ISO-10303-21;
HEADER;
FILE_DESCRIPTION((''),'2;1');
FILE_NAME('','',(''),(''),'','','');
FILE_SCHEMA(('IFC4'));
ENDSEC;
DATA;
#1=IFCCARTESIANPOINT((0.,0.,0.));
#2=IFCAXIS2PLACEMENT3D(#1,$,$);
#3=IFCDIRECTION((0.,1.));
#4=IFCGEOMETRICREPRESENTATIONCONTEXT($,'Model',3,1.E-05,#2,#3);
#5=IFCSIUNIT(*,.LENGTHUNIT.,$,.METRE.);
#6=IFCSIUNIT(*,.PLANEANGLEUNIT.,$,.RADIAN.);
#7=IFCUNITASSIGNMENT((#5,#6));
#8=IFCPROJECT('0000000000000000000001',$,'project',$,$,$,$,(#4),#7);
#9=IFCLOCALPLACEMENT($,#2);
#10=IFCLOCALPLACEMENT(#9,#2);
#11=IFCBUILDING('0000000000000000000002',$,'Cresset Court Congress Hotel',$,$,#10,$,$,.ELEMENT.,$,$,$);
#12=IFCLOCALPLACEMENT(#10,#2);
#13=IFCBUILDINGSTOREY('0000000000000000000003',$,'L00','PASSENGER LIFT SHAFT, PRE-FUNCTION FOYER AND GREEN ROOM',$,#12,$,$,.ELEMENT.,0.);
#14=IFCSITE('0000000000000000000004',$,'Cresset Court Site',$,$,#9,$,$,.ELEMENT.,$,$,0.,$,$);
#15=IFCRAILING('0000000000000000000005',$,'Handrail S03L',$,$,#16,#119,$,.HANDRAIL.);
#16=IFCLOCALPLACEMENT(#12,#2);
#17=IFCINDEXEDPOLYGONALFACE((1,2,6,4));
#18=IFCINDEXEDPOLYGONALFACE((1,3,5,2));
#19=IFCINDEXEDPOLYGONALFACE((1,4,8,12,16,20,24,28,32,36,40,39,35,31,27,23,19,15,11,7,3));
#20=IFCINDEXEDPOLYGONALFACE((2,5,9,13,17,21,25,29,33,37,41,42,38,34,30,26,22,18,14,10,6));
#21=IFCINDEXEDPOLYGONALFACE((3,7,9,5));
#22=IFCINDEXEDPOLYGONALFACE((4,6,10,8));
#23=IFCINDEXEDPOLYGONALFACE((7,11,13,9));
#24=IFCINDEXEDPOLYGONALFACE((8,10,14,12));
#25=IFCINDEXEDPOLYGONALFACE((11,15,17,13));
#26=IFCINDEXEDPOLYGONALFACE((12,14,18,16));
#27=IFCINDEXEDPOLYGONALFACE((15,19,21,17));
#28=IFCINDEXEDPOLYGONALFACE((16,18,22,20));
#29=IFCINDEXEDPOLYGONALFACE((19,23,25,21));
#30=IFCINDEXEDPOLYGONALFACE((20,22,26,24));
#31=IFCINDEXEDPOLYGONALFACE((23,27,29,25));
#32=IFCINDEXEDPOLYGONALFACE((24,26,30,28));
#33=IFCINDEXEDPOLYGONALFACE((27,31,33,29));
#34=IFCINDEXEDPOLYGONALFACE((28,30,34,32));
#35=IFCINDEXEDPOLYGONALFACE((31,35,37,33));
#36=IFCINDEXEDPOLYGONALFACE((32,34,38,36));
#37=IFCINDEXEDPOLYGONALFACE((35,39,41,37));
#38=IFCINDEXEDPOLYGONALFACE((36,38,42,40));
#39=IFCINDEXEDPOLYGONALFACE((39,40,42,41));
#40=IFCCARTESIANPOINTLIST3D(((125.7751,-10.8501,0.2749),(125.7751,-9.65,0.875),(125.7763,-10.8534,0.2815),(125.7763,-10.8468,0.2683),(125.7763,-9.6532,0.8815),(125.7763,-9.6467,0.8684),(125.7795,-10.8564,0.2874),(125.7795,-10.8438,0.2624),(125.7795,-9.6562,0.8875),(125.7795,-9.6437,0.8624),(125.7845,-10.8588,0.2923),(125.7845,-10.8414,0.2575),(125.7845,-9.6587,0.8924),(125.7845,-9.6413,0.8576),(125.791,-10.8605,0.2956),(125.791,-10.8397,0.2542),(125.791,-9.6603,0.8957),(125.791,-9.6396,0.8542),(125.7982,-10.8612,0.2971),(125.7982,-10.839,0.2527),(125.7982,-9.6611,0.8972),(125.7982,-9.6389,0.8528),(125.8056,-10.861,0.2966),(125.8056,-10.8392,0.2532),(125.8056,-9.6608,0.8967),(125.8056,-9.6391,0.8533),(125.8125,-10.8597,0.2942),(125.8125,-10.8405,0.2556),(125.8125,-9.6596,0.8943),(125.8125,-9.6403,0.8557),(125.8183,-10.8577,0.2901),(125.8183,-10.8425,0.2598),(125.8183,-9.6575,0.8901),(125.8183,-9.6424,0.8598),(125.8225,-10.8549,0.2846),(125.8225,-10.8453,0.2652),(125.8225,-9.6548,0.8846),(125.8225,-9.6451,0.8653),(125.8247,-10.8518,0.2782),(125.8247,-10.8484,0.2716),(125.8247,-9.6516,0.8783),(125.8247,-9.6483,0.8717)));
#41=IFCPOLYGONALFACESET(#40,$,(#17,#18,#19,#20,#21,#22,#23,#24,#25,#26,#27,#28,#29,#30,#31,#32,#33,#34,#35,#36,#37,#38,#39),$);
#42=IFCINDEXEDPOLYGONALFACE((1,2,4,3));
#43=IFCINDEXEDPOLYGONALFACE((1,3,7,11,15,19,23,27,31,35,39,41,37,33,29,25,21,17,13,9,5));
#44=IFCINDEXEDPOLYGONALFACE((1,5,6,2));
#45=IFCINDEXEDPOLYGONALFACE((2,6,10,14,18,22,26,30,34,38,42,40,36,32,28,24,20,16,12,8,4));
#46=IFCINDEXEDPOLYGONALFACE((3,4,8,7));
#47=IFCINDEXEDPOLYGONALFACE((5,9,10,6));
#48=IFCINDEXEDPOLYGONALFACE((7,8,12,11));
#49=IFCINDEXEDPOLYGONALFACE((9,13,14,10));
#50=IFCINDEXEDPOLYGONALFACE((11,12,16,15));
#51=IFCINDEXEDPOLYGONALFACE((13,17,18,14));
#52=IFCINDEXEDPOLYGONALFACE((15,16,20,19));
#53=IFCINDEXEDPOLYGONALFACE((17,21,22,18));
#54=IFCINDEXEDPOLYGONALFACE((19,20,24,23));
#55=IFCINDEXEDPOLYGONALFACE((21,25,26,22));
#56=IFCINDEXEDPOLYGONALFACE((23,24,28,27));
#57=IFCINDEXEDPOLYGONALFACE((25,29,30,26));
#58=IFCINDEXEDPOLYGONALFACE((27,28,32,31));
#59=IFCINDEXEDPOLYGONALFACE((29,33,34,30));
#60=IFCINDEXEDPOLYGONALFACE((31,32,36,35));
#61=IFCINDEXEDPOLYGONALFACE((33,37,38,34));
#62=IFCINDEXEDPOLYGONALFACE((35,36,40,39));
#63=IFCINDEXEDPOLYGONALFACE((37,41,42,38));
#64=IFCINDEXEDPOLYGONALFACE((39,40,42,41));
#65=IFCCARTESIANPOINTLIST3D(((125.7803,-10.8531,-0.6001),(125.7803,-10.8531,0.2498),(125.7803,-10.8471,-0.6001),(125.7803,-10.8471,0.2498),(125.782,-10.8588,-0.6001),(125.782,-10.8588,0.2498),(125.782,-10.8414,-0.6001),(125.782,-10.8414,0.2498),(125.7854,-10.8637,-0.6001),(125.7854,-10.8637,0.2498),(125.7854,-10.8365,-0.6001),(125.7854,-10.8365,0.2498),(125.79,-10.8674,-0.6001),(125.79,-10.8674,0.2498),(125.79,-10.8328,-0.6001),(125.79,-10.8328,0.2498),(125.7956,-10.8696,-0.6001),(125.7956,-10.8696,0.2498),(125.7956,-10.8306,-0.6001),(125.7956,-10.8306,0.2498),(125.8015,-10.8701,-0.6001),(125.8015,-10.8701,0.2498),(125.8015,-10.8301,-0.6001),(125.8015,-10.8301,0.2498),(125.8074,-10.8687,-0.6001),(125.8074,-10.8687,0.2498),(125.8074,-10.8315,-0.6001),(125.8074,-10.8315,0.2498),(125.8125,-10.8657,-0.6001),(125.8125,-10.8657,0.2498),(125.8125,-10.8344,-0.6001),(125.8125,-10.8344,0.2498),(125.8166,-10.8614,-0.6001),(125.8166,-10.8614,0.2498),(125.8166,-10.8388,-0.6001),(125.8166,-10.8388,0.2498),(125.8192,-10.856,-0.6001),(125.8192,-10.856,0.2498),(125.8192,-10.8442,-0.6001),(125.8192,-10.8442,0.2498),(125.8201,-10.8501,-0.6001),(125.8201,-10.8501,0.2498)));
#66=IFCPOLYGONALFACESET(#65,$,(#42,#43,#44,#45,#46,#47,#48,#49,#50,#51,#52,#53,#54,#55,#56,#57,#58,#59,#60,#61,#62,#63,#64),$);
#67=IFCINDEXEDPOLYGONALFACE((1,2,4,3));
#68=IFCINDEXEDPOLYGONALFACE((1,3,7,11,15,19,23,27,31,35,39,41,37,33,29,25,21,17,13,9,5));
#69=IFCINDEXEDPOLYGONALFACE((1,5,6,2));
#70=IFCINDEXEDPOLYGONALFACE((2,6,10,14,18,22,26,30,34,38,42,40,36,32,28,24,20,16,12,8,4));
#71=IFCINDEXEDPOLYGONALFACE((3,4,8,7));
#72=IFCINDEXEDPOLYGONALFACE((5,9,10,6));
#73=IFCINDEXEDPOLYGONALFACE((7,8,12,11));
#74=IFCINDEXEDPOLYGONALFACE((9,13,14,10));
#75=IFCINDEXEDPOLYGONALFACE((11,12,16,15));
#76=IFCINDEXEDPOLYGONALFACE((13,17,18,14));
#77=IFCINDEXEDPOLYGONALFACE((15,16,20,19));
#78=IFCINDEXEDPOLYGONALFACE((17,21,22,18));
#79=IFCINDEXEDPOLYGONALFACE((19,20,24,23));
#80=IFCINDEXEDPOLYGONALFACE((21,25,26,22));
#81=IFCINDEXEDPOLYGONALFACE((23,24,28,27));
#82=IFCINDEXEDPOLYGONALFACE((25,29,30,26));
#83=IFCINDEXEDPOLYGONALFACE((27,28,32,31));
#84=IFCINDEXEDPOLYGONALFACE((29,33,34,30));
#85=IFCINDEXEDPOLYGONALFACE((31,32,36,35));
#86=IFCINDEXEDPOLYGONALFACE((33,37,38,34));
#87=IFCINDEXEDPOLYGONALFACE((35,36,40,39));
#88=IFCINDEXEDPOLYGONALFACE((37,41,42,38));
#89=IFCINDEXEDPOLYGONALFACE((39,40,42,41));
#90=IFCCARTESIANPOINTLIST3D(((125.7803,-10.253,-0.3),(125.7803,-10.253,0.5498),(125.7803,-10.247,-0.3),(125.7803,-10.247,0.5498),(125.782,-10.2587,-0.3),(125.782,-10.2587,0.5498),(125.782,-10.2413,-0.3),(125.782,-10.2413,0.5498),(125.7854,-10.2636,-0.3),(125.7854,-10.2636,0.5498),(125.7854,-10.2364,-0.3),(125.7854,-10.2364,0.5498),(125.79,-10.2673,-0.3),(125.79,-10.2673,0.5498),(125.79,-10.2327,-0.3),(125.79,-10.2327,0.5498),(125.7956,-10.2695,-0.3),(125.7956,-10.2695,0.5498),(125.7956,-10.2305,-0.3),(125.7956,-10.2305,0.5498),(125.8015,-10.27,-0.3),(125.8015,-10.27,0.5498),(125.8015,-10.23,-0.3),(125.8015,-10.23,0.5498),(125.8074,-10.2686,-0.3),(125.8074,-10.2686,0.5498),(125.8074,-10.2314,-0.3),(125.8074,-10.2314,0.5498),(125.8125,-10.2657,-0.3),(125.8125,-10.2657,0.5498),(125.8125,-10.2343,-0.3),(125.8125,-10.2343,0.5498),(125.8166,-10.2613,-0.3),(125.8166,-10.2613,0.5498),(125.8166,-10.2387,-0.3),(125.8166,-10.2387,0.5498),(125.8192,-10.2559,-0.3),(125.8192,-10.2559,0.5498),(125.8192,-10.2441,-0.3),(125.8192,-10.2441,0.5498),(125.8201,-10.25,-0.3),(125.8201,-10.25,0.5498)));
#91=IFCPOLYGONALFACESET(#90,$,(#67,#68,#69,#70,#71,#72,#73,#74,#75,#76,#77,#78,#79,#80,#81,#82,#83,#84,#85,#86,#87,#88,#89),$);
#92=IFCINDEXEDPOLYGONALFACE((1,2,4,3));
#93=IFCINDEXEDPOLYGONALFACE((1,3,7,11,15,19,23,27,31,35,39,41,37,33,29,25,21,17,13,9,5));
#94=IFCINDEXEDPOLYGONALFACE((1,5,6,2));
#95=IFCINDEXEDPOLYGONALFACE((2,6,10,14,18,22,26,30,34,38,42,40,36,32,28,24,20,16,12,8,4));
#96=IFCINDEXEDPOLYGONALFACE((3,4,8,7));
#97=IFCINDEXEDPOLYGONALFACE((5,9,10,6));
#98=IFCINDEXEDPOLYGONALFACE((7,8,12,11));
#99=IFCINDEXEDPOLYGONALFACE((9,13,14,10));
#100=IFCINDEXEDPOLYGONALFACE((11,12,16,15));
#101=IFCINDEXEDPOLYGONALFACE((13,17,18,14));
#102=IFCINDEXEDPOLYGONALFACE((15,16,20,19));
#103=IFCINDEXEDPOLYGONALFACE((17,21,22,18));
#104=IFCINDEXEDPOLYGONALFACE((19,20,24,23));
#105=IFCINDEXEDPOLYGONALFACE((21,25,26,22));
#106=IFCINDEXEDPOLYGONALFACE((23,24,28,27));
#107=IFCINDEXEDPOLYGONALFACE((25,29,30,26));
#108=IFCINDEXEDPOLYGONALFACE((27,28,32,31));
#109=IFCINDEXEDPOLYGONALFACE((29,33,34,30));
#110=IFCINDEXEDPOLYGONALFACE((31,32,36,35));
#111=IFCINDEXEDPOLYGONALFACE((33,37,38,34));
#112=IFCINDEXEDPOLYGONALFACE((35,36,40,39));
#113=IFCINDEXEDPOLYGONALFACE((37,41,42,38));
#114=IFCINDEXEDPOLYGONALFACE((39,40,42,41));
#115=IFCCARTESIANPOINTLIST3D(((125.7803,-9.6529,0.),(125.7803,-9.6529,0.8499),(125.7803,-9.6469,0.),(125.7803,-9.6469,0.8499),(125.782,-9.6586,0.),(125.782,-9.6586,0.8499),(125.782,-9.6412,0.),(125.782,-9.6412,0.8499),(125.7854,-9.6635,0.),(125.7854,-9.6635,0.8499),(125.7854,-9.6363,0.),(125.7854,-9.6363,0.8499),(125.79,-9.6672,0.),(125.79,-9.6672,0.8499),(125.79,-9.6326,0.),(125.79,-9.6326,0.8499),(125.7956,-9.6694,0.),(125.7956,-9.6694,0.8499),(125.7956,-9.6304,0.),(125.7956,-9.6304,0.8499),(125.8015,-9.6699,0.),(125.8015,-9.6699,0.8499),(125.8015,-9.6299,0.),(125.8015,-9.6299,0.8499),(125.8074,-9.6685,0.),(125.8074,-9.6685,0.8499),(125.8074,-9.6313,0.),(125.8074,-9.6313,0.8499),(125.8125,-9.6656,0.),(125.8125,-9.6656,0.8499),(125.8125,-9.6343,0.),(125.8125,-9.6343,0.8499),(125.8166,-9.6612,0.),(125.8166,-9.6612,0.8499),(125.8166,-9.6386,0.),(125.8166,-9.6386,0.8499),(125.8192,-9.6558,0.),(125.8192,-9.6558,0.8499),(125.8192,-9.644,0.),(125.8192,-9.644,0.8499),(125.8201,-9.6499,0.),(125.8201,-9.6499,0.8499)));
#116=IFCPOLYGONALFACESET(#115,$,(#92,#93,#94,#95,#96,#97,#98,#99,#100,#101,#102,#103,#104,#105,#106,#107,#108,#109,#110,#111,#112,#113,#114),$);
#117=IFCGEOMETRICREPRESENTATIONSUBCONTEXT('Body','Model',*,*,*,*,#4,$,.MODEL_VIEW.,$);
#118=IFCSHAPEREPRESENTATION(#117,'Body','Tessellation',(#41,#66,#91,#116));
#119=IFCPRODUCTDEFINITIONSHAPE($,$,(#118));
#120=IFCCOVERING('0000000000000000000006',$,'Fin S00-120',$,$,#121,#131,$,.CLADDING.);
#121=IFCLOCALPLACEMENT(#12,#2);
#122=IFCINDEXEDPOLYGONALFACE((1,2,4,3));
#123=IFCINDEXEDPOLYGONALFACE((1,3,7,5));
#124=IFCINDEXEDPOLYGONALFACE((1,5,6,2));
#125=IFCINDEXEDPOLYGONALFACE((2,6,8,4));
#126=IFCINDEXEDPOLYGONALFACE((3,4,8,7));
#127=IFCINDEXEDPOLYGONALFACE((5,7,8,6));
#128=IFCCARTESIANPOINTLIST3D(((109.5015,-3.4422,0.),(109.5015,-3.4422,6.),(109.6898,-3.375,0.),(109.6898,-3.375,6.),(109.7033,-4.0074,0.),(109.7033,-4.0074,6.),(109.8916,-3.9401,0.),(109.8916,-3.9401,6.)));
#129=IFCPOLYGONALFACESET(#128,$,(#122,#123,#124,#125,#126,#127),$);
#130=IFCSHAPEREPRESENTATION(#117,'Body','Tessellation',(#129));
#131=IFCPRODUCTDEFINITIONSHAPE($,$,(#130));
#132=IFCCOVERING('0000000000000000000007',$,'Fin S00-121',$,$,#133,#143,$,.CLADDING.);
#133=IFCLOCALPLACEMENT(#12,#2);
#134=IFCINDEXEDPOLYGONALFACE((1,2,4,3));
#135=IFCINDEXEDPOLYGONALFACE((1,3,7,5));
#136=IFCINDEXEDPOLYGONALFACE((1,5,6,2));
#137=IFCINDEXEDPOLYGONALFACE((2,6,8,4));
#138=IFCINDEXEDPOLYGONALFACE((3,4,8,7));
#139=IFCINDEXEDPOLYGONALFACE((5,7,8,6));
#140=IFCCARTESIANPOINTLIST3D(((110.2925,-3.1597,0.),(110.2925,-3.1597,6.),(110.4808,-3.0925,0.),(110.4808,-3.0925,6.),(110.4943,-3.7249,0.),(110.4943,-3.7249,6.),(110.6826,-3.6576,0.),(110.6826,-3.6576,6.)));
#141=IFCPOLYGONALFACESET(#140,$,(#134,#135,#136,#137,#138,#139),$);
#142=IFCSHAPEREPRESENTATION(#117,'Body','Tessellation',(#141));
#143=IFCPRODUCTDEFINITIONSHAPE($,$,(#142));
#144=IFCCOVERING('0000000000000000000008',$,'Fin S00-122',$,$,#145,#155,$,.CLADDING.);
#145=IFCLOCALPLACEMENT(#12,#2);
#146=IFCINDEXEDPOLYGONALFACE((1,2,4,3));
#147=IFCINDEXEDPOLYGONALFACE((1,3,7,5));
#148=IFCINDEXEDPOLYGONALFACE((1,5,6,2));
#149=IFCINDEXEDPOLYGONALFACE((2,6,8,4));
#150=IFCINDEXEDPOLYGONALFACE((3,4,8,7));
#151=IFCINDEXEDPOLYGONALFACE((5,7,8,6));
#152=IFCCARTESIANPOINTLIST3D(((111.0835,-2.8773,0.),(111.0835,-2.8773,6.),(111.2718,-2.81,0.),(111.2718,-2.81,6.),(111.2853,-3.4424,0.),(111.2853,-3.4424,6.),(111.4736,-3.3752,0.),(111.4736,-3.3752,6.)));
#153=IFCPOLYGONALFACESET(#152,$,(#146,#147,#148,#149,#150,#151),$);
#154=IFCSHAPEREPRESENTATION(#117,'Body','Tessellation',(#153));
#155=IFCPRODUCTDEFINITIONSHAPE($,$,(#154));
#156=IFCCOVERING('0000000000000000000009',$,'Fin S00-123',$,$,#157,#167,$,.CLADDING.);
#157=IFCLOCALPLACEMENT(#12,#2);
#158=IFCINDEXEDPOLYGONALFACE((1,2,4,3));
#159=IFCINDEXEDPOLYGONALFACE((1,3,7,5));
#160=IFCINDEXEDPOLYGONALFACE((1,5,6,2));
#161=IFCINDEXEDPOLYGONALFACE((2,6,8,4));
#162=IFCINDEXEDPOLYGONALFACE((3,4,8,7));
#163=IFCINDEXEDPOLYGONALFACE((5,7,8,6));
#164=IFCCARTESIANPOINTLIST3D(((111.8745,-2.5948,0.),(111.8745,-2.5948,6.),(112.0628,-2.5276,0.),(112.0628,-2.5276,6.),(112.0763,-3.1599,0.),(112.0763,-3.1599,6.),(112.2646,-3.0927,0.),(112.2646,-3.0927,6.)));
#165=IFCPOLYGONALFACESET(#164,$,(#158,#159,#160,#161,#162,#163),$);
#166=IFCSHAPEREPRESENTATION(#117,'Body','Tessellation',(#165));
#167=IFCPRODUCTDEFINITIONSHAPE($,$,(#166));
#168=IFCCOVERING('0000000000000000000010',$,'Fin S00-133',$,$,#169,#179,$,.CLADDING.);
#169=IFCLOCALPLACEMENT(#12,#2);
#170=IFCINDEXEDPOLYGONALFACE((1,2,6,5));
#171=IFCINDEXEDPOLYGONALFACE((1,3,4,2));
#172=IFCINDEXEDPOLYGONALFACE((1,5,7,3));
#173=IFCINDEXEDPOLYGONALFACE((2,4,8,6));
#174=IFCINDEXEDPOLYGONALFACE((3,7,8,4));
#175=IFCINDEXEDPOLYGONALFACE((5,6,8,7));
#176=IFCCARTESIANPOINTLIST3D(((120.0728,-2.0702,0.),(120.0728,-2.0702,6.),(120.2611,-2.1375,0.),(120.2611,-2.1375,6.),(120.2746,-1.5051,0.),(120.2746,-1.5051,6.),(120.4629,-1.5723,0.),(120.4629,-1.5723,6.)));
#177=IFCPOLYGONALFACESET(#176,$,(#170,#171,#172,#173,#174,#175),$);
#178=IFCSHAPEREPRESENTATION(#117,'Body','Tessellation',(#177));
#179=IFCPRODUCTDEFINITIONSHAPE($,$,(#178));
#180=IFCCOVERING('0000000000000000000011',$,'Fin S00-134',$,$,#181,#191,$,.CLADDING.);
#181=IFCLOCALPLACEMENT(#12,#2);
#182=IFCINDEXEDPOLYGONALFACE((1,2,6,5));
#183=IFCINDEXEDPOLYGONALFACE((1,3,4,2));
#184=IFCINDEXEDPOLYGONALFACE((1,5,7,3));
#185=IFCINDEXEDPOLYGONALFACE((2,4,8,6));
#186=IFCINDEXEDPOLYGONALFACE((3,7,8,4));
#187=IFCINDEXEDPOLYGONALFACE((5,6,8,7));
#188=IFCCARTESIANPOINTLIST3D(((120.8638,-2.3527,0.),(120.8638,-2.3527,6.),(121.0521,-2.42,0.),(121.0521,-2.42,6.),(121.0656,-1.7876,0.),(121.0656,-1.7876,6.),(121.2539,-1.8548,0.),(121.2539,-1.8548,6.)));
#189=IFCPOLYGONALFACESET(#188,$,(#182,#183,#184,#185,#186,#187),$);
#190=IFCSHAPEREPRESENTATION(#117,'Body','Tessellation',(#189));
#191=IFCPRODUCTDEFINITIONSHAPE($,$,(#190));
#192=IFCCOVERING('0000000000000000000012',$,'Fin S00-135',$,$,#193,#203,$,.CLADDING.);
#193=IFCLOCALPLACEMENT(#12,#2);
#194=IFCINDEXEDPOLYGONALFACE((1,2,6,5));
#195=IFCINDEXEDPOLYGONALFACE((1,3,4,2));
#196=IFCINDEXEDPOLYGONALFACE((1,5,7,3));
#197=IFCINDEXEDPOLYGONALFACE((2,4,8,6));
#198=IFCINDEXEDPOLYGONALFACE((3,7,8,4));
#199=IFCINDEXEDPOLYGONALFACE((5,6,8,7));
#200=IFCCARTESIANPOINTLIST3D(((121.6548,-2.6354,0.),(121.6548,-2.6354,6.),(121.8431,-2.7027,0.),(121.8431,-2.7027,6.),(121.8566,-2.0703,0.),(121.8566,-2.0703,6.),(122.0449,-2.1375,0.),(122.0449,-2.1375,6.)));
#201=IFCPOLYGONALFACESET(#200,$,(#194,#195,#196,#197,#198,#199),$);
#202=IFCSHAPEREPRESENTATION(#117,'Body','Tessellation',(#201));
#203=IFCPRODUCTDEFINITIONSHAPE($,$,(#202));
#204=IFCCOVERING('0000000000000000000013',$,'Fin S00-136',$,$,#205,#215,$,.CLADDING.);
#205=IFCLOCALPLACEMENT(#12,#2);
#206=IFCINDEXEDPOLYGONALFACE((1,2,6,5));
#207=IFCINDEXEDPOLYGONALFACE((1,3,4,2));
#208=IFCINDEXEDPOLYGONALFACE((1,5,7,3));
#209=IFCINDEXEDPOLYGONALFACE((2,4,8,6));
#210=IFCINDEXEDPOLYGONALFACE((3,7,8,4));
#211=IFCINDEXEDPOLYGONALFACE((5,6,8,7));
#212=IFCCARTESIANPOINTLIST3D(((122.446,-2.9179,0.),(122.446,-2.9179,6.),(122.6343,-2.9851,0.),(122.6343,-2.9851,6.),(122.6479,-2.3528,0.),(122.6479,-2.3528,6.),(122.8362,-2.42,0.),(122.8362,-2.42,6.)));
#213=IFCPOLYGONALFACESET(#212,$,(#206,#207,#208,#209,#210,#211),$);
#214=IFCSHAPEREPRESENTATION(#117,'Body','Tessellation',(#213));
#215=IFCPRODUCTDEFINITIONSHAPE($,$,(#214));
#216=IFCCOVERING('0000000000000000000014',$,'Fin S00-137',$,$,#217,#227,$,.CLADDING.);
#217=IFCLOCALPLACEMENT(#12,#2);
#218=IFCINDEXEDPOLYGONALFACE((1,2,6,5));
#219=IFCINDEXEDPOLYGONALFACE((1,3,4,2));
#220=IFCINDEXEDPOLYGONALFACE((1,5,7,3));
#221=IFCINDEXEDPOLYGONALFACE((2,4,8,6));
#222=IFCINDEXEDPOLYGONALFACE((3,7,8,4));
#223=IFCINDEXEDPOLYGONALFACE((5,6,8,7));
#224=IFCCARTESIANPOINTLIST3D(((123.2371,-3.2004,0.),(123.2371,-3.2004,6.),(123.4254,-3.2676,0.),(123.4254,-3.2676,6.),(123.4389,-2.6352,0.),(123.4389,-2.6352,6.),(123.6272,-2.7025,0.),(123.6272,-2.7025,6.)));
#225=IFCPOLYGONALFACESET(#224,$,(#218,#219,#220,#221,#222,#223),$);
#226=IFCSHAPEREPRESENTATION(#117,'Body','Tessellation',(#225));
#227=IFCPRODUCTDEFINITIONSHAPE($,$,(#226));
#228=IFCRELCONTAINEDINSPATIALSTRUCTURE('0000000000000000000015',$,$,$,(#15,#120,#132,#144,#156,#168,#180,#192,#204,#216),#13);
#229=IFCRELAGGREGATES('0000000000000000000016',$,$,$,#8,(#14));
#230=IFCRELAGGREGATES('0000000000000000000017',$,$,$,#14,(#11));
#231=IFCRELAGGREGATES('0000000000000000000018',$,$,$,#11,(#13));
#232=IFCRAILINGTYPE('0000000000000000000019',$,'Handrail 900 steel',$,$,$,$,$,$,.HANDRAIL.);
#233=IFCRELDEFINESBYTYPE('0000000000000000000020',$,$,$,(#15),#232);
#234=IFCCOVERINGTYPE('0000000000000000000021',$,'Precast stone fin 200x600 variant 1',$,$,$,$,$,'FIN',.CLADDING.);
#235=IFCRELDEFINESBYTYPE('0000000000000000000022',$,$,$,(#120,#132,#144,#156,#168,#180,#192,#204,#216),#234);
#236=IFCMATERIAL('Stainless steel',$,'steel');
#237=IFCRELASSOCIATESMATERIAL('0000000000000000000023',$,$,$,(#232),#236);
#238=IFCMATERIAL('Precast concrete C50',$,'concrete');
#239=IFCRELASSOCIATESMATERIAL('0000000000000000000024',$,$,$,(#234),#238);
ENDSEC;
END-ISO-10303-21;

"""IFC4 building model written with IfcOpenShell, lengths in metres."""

from ifc_helpers import new_model, si_unit, direction, frame, origin, origin_2d, place, context, subcontext, project, spatial, rectangle, circle, extrude, material, type_object, element, save


model = new_model("IFC4")

# Units and contexts
model_context = context("Model", 3, precision=1e-05, world=origin(), true_north=direction((0.0, 1.0)))
body_context = subcontext(model_context, "Body", "Model", "MODEL_VIEW")
ifc_project = project(units=[si_unit("LENGTHUNIT", "METRE"), si_unit("PLANEANGLEUNIT", "RADIAN")], contexts=[model_context])

# Site, building, storey
site_placement = place(None, origin())
site = spatial("IfcSite", under=ifc_project, at=site_placement, Name="Cresset Court Site", CompositionType="ELEMENT", RefElevation=0.0)
building_placement = place(site_placement, origin())
building = spatial("IfcBuilding", under=site, at=building_placement, Name="Cresset Court Congress Hotel", CompositionType="ELEMENT")
storey_placement = place(building_placement, origin())
storey = spatial("IfcBuildingStorey", under=building, at=storey_placement, Name="L00", Description="PASSENGER LIFT SHAFT, PRE-FUNCTION FOYER AND GREEN ROOM", CompositionType="ELEMENT", Elevation=0.0)

# Railing
ifc_material_1 = material(Name="Stainless steel", Category="steel")
railing_type = type_object("IfcRailingType", Name="Handrail 900 steel", PredefinedType="HANDRAIL", material=ifc_material_1)
railing_placement = place(storey_placement, frame((125.8, -10.8501, -0.6001)))
element("IfcRailing", 1, at=railing_placement, inside=storey, type_object=railing_type, Name="Handrail S03L", PredefinedType="HANDRAIL", context=body_context, shape_type="SweptSolid", body=[
    extrude(circle(Radius=0.0249, at=origin_2d()), frame((0.0, 0.0, 0.875), z_axis=(0.0, 0.894427, 0.447214), x_axis=(-1.0, 0.0, 0.0)), (0.0, 0.0, 1.0), 1.3418),
    extrude(circle(Radius=0.02, at=origin_2d()), origin(), (0.0, 0.0, 1.0), 0.8499),
    extrude(circle(Radius=0.02, at=origin_2d()), frame((0.0, 0.6001, 0.3)), (0.0, 0.0, 1.0), 0.8499),
    extrude(circle(Radius=0.02, at=origin_2d()), frame((0.0, 1.2002, 0.6001)), (0.0, 0.0, 1.0), 0.8499),
])

# Coverings
ifc_material_2 = material(Name="Precast concrete C50", Category="concrete")
covering_type_1 = type_object("IfcCoveringType", Name="Precast stone fin 200x600 variant 1", ElementType="FIN", PredefinedType="CLADDING", material=ifc_material_2)
for number, where, z_axis, x_axis, name in (
    (2, (109.6965, -3.6912, 0.0), (0.0, 0.0, 1.0), (0.941742, 0.336336, 0.0), "Fin S00-120"),
    (3, (110.4875, -3.4087, 0.0), (0.0, 0.0, 1.0), (0.941742, 0.336336, 0.0), "Fin S00-121"),
    (4, (111.2786, -3.1262, 0.0), (0.0, 0.0, 1.0), (0.941742, 0.336336, 0.0), "Fin S00-122"),
    (5, (112.0696, -2.8438, 0.0), (0.0, 0.0, 1.0), (0.941742, 0.336336, 0.0), "Fin S00-123"),
    (6, (120.2678, -1.8213, 0.0), (0.0, 0.0, 1.0), (0.941742, -0.336336, 0.0), "Fin S00-133"),
    (7, (121.0588, -2.1038, 0.0), (0.0, 0.0, 1.0), (0.941742, -0.336336, 0.0), "Fin S00-134"),
    (8, (121.8499, -2.3865, 0.0), (0.0, 0.0, 1.0), (0.941742, -0.336336, 0.0), "Fin S00-135"),
    (9, (122.6411, -2.6689, 0.0), (0.0, 0.0, 1.0), (0.941742, -0.336336, 0.0), "Fin S00-136"),
    (10, (123.4321, -2.9514, 0.0), (0.0, 0.0, 1.0), (0.941742, -0.336336, 0.0), "Fin S00-137"),
):
    element("IfcCovering", number, at=place(storey_placement, frame(where, z_axis=z_axis, x_axis=x_axis)), inside=storey, type_object=covering_type_1, Name=name, PredefinedType="CLADDING", context=body_context, shape_type="SweptSolid", body=[
        extrude(rectangle(XDim=0.2, YDim=0.6001, at=origin_2d()), origin(), (0.0, 0.0, 1.0), 6.0),
    ])

save(model, "model.ifc")
